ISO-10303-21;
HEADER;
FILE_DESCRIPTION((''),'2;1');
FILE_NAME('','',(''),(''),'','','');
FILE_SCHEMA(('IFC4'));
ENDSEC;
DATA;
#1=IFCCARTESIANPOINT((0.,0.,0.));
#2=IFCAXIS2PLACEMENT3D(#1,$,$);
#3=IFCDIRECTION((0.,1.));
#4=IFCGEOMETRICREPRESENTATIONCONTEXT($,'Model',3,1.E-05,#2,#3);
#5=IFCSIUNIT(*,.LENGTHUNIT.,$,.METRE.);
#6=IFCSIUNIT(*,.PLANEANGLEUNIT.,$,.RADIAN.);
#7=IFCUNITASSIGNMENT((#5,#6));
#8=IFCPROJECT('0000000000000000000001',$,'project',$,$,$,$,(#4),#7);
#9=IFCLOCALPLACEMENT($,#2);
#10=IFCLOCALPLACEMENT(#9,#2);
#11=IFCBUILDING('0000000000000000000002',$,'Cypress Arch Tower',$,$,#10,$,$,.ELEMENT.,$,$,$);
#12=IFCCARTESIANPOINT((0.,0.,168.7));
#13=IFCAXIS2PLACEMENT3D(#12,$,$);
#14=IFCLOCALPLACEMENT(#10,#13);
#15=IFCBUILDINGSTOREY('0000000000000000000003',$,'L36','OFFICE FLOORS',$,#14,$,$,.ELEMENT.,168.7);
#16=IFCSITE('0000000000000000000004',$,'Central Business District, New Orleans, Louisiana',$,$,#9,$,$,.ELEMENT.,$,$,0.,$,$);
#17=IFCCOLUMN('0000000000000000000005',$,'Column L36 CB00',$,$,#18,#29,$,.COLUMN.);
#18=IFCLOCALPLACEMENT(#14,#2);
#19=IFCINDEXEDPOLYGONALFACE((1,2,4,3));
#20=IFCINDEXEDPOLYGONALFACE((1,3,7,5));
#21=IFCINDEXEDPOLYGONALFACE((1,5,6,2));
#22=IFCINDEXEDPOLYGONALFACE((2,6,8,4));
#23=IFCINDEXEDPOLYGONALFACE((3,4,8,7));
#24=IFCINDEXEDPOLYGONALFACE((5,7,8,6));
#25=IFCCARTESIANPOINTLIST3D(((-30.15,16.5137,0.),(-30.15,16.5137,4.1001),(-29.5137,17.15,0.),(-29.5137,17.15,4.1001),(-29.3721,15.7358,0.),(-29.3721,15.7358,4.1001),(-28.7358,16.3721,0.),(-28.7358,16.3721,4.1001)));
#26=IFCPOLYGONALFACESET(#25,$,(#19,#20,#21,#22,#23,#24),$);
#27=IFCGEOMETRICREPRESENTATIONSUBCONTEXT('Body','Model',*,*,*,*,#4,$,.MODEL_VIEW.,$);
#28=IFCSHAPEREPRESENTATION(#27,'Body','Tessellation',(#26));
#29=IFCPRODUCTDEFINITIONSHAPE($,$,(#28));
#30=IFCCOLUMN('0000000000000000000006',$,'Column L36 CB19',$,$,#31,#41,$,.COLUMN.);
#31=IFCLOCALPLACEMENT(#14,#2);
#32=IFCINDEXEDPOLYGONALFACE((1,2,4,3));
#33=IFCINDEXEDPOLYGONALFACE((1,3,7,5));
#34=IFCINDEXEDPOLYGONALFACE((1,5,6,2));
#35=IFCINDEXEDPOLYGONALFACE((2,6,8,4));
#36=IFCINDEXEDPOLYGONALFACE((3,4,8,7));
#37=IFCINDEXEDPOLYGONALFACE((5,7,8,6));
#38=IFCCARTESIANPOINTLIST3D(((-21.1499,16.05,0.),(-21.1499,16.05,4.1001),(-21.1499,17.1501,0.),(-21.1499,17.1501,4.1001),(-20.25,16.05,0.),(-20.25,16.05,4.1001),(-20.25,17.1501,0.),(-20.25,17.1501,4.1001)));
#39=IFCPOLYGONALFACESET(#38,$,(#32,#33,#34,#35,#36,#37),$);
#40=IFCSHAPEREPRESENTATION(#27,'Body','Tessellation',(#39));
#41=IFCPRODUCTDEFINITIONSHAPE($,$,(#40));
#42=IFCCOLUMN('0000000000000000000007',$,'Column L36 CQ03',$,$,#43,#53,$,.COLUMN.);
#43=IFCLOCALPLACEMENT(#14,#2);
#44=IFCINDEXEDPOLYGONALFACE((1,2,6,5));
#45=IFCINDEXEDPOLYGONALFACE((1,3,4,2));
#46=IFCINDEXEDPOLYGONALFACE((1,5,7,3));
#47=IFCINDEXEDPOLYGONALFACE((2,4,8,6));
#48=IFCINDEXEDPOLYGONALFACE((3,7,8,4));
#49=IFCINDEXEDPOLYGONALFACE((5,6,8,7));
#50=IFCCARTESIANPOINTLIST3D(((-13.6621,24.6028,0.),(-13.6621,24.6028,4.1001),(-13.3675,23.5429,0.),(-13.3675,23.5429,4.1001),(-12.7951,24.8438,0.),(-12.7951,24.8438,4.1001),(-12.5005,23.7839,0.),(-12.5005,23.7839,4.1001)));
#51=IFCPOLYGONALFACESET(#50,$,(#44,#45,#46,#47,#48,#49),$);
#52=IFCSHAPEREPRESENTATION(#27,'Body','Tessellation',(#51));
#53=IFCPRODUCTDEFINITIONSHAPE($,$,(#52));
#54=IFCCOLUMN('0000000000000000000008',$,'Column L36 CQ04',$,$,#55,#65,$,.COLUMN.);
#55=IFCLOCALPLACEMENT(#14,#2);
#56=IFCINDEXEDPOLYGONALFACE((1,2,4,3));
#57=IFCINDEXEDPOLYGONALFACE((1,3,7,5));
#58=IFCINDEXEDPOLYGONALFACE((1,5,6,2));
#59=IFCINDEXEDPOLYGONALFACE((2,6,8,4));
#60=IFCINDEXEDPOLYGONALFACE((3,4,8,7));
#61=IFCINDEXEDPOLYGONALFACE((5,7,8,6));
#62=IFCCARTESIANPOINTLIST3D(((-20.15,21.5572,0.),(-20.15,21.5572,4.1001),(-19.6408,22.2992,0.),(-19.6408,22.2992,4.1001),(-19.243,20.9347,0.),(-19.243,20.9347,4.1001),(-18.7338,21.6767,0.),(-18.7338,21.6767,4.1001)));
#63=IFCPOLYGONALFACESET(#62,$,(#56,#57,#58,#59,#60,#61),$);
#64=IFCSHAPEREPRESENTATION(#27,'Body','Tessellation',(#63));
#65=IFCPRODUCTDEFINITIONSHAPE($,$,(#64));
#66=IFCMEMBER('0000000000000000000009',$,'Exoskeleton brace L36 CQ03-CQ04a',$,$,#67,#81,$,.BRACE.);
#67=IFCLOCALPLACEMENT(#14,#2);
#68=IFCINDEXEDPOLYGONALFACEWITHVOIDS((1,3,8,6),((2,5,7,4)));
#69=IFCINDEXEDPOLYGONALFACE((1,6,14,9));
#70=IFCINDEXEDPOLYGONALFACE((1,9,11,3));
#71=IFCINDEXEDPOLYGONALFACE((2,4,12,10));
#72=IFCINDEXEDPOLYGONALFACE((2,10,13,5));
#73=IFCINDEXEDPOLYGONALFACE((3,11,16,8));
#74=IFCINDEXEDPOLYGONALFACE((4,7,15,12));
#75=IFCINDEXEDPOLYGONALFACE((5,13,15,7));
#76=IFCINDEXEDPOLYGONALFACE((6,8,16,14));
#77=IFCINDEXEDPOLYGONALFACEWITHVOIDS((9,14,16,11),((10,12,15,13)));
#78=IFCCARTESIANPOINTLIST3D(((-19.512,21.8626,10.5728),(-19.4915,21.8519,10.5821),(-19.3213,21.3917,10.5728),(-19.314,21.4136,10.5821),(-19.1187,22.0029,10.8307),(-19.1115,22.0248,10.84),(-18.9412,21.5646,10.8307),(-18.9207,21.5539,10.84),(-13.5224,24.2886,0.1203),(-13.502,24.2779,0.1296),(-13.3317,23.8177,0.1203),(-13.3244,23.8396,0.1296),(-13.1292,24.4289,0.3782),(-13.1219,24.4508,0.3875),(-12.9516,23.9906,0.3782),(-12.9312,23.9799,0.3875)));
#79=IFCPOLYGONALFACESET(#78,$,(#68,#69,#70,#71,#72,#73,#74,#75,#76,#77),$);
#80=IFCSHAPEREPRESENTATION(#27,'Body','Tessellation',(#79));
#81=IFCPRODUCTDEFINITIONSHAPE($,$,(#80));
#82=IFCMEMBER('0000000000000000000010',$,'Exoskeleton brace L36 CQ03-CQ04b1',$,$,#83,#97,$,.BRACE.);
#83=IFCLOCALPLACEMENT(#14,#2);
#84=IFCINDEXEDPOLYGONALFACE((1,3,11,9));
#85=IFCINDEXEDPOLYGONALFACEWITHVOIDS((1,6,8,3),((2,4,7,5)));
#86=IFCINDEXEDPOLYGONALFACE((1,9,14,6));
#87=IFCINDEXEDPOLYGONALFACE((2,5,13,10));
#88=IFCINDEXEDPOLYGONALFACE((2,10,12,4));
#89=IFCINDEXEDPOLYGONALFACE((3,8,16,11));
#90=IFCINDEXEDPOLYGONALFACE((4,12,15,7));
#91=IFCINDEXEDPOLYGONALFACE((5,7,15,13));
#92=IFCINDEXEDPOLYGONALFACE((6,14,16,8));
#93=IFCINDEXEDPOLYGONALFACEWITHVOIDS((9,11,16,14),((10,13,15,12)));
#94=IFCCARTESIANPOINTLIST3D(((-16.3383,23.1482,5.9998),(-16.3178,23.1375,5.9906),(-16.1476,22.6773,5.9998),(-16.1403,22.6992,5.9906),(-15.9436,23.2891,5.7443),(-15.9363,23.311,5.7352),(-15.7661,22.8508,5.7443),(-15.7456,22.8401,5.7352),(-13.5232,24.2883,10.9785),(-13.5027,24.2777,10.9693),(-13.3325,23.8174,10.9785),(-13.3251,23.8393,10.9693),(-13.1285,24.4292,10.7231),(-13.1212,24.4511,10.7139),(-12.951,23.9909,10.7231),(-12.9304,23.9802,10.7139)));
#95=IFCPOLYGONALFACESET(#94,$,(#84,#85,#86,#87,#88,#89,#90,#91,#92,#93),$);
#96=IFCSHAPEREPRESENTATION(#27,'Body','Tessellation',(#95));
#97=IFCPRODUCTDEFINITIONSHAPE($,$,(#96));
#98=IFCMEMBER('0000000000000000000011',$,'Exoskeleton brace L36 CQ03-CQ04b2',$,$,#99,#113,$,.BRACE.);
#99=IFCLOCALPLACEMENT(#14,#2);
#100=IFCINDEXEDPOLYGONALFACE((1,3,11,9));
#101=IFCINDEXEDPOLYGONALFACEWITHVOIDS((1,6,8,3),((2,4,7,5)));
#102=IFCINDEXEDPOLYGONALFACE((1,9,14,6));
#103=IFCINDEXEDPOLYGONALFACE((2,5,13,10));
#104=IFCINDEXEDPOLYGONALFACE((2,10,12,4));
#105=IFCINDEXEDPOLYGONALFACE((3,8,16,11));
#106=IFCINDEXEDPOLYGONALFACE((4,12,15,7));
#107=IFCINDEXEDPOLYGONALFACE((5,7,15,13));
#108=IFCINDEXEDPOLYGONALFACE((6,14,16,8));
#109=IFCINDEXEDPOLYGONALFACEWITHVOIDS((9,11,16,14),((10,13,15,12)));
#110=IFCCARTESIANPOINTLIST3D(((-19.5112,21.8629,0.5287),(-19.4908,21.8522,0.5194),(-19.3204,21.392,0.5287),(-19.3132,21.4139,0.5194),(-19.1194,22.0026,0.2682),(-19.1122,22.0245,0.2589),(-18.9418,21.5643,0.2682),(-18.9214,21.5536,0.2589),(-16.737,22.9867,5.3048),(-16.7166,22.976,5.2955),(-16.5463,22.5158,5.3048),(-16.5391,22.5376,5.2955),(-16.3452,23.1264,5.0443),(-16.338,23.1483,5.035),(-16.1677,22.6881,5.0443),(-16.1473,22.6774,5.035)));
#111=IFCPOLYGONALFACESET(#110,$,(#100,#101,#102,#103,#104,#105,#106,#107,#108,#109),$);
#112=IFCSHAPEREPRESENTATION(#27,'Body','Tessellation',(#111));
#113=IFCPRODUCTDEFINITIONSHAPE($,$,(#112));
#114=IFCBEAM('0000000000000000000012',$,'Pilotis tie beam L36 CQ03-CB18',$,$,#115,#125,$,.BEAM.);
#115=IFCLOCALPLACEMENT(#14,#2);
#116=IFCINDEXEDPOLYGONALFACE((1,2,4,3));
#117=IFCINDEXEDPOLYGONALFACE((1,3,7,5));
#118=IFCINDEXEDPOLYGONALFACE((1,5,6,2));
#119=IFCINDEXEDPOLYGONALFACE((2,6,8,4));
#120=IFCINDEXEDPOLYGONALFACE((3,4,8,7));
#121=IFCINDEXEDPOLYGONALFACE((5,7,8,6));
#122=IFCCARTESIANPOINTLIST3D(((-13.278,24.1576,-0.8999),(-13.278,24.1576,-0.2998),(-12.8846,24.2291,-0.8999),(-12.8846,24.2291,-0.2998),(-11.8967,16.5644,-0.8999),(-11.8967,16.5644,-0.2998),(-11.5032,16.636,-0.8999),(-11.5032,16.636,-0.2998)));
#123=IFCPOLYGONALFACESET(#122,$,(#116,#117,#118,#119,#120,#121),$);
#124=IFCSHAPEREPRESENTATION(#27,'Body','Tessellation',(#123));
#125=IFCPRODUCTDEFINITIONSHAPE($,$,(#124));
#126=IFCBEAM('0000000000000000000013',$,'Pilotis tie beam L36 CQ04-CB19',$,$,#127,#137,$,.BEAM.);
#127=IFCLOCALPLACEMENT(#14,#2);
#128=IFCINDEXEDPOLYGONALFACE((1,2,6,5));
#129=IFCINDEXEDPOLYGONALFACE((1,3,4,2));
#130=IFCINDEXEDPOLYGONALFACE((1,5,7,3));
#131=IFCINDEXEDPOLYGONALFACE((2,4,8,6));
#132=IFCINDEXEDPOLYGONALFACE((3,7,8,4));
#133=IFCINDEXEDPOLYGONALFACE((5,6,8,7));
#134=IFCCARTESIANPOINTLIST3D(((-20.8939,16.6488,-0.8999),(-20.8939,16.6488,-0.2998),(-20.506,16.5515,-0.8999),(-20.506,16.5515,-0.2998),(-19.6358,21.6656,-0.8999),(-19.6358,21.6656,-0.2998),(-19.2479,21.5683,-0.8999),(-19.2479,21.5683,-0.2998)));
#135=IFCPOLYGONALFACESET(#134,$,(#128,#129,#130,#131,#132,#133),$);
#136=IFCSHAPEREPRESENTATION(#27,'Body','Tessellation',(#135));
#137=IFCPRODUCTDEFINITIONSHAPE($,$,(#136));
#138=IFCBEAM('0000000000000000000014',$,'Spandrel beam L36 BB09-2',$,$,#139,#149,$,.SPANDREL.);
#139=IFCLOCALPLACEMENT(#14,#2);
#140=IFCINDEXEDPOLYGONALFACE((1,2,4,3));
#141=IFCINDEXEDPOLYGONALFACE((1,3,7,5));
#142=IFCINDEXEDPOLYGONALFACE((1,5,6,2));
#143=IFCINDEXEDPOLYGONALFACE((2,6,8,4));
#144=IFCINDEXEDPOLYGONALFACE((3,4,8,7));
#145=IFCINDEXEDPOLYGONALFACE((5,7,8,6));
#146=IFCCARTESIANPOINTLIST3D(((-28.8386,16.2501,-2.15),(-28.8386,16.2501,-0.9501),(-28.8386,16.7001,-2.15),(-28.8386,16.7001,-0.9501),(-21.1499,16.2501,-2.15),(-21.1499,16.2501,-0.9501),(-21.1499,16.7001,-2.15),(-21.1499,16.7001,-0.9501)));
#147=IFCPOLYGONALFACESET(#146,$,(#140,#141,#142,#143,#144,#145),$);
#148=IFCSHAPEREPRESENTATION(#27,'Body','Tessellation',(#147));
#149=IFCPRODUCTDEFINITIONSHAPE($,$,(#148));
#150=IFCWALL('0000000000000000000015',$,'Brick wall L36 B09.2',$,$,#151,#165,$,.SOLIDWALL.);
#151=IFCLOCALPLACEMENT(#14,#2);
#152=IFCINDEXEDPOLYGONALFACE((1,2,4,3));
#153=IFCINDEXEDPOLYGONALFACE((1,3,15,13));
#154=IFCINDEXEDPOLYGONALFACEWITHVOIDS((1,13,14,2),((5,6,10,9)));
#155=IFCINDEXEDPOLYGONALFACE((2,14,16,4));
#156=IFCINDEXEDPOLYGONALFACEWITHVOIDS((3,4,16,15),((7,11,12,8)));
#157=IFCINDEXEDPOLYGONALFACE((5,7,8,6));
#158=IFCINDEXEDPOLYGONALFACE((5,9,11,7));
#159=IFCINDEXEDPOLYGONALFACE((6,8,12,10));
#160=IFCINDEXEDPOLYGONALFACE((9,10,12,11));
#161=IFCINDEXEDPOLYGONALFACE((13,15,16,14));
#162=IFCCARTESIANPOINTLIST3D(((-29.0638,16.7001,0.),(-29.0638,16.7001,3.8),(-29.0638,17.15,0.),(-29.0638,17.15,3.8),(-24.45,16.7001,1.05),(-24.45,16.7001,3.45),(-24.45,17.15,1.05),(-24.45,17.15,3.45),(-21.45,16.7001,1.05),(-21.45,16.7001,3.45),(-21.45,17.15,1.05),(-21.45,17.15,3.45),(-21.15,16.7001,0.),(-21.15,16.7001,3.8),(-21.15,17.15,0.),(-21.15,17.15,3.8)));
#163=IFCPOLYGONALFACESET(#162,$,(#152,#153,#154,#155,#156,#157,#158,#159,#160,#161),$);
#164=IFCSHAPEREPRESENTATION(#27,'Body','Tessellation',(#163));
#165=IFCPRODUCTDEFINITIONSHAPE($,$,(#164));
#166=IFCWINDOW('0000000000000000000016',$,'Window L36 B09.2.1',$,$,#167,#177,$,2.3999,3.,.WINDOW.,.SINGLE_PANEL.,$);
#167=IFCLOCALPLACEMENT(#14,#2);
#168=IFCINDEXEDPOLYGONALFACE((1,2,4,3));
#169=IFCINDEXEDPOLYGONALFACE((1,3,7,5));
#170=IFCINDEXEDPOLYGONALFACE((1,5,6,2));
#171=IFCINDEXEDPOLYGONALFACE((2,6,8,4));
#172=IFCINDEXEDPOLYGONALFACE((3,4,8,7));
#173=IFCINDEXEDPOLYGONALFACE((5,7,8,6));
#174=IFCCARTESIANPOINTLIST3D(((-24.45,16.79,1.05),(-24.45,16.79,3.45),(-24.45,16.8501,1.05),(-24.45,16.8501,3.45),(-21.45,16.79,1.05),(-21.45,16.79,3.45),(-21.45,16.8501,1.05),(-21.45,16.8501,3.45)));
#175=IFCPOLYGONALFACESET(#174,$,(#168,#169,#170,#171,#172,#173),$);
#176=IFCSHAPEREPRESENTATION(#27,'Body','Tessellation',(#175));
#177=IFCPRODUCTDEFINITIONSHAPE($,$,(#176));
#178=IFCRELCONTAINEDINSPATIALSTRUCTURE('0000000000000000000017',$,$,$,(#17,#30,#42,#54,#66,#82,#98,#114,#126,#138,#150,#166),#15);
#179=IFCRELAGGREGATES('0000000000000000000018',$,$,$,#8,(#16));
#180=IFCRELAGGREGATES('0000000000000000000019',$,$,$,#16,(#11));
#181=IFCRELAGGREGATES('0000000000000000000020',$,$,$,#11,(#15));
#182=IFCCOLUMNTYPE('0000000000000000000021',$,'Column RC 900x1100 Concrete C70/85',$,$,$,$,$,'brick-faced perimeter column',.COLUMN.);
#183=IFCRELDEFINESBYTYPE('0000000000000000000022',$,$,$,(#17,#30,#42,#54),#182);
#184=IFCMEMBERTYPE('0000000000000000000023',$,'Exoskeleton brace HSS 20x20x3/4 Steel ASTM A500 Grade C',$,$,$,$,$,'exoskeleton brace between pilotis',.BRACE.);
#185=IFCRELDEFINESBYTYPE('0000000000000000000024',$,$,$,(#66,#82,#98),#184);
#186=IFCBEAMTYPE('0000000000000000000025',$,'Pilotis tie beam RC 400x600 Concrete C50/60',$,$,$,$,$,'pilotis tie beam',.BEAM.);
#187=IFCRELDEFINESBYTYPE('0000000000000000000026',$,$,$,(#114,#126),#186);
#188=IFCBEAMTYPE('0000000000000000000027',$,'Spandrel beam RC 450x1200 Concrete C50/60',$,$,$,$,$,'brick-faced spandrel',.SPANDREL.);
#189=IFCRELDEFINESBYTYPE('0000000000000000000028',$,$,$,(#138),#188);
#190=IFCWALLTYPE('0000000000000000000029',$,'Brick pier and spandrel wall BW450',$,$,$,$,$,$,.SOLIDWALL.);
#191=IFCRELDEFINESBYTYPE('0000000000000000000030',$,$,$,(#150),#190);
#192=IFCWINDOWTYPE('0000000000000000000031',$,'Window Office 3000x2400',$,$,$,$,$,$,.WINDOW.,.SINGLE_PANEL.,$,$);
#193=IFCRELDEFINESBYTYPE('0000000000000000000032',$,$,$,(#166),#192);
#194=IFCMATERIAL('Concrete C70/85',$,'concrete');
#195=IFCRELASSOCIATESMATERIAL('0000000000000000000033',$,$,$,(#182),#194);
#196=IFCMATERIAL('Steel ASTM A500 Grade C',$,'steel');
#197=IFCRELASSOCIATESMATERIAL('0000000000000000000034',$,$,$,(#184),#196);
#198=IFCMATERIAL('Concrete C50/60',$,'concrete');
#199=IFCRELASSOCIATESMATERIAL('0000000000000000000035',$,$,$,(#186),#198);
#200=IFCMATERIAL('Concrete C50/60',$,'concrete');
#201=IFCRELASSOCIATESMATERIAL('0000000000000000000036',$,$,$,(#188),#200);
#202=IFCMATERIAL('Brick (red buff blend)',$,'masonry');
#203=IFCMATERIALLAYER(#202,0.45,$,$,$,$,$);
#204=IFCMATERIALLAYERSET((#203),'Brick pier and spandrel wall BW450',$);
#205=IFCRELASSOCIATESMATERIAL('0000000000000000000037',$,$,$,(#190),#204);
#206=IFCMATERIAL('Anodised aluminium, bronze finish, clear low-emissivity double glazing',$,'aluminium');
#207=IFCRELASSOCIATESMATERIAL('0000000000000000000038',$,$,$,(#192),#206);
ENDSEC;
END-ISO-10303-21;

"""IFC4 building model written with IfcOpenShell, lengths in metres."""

from ifc_helpers import new_model, si_unit, direction, frame, frame_2d, origin, origin_2d, place, context, subcontext, project, spatial, rectangle, hollow_rectangle, extrude, material, layer, layer_set, material_profile, profile_set, type_object, element, fill, save


model = new_model("IFC4")

# Units and contexts
model_context = context("Model", 3, precision=1e-05, world=origin(), true_north=direction((0.0, 1.0)))
body_context = subcontext(model_context, "Body", "Model", "MODEL_VIEW")
ifc_project = project(units=[si_unit("LENGTHUNIT", "METRE"), si_unit("PLANEANGLEUNIT", "RADIAN")], contexts=[model_context])

# Site, building, storey
site_placement = place(None, origin())
site = spatial("IfcSite", under=ifc_project, at=site_placement, Name="Central Business District, New Orleans, Louisiana", CompositionType="ELEMENT", RefElevation=0.0)
building_placement = place(site_placement, origin())
building = spatial("IfcBuilding", under=site, at=building_placement, Name="Cypress Arch Tower", CompositionType="ELEMENT")
storey_placement = place(building_placement, frame((0.0, 0.0, 168.7)))
storey = spatial("IfcBuildingStorey", under=building, at=storey_placement, Name="L36", Description="OFFICE FLOORS", CompositionType="ELEMENT", Elevation=168.7)

# Columns
ifc_material_1 = material(Name="Concrete C70/85", Category="concrete")
ifc_material_profile_1 = material_profile(ifc_material_1, rectangle(XDim=0.8999, YDim=1.1001, at=origin_2d()), Name="RC 900x1100")
ifc_profile_set_1 = profile_set([ifc_material_profile_1], Name="Concrete C70/85")
column_type = type_object("IfcColumnType", Name="Column RC 900x1100 Concrete C70/85", ElementType="brick-faced perimeter column", PredefinedType="COLUMN", material=ifc_profile_set_1)
for number, where, z_axis, x_axis, name in (
    (1, (-29.4429, 16.4429, 0.0), (0.0, 0.0, 1.0), (-0.707107, -0.707107, 0.0), "Column L36 CB00"),
    (2, (-20.7, 16.6001, 0.0), (0.0, 0.0, 1.0), (-1.0, 0.0, 0.0), "Column L36 CB19"),
    (3, (-13.0813, 24.1934, 0.0), (0.0, 0.0, 1.0), (-0.963456, -0.267868, 0.0), "Column L36 CQ03"),
    (4, (-19.4419, 21.6169, 0.0), (0.0, 0.0, 1.0), (-0.565893, -0.824479, 0.0), "Column L36 CQ04"),
):
    element("IfcColumn", number, at=place(storey_placement, frame(where, z_axis=z_axis, x_axis=x_axis)), inside=storey, type_object=column_type, Name=name, PredefinedType="COLUMN", context=body_context, shape_type="SweptSolid", body=[
        extrude(rectangle(XDim=0.8999, YDim=1.1001, at=origin_2d()), origin(), (0.0, 0.0, 1.0), 4.1001),
    ])

# Members
ifc_material_2 = material(Name="Steel ASTM A500 Grade C", Category="steel")
ifc_material_profile_2 = material_profile(ifc_material_2, hollow_rectangle(XDim=0.5081, YDim=0.5081, WallThickness=0.0176, at=origin_2d()), Name="HSS 20x20x3/4")
ifc_profile_set_2 = profile_set([ifc_material_profile_2], Name="Steel ASTM A500 Grade C")
member_type = type_object("IfcMemberType", Name="Exoskeleton brace HSS 20x20x3/4 Steel ASTM A500 Grade C", ElementType="exoskeleton brace between pilotis", PredefinedType="BRACE", material=ifc_profile_set_2)
member_1_placement = place(storey_placement, frame((-13.2268, 24.1343, 0.2539), z_axis=(-0.487399, -0.197419, 0.850569), x_axis=(0.375419, -0.926855, 0.0)))
element("IfcMember", 5, at=member_1_placement, inside=storey, type_object=member_type, Name="Exoskeleton brace L36 CQ03-CQ04a", PredefinedType="BRACE", context=body_context, shape_type="SweptSolid", body=[
    extrude(hollow_rectangle(XDim=0.5081, YDim=0.5081, WallThickness=0.0176, at=origin_2d()), origin(), (0.0, 0.0, 1.0), 12.2888),
])
member_2_placement = place(storey_placement, frame((-13.2268, 24.1343, 10.8462), z_axis=(-0.482706, -0.195494, -0.853684), x_axis=(0.375379, -0.926872, 0.0)))
element("IfcMember", 6, at=member_2_placement, inside=storey, type_object=member_type, Name="Exoskeleton brace L36 CQ03-CQ04b1", PredefinedType="BRACE", context=body_context, shape_type="SweptSolid", body=[
    extrude(hollow_rectangle(XDim=0.5081, YDim=0.5081, WallThickness=0.0176, at=origin_2d()), origin(), (0.0, 0.0, 1.0), 5.832),
])
member_3_placement = place(storey_placement, frame((-19.2163, 21.7083, 0.3938), z_axis=(0.492179, 0.199375, 0.847355), x_axis=(-0.375451, 0.926842, 0.0)))
element("IfcMember", 7, at=member_3_placement, inside=storey, type_object=member_type, Name="Exoskeleton brace L36 CQ03-CQ04b2", PredefinedType="BRACE", context=body_context, shape_type="SweptSolid", body=[
    extrude(hollow_rectangle(XDim=0.5081, YDim=0.5081, WallThickness=0.0176, at=origin_2d()), origin(), (0.0, 0.0, 1.0), 5.6365),
])

# Beams
ifc_material_3 = material(Name="Concrete C50/60", Category="concrete")
ifc_material_profile_3 = material_profile(ifc_material_3, rectangle(XDim=0.3999, YDim=0.6001, at=origin_2d()), Name="RC 400x600")
ifc_profile_set_3 = profile_set([ifc_material_profile_3], Name="Concrete C50/60")
beam_type_1 = type_object("IfcBeamType", Name="Pilotis tie beam RC 400x600 Concrete C50/60", ElementType="pilotis tie beam", PredefinedType="BEAM", material=ifc_profile_set_3)
beam_1_placement = place(storey_placement, frame((-13.0813, 24.1934, -0.5999), z_axis=(0.17898, -0.983853, 0.0), x_axis=(0.983853, 0.17898, 0.0)))
element("IfcBeam", 8, at=beam_1_placement, inside=storey, type_object=beam_type_1, Name="Pilotis tie beam L36 CQ03-CB18", PredefinedType="BEAM", context=body_context, shape_type="SweptSolid", body=[
    extrude(rectangle(XDim=0.3999, YDim=0.6001, at=origin_2d()), origin(), (0.0, 0.0, 1.0), 7.7178),
])
beam_2_placement = place(storey_placement, frame((-19.4419, 21.6169, -0.5999), z_axis=(-0.243235, -0.969967, 0.0), x_axis=(0.969967, -0.243235, 0.0)))
element("IfcBeam", 9, at=beam_2_placement, inside=storey, type_object=beam_type_1, Name="Pilotis tie beam L36 CQ04-CB19", PredefinedType="BEAM", context=body_context, shape_type="SweptSolid", body=[
    extrude(rectangle(XDim=0.3999, YDim=0.6001, at=origin_2d()), origin(), (0.0, 0.0, 1.0), 5.1721),
])
ifc_material_4 = material(Name="Concrete C50/60", Category="concrete")
ifc_material_profile_4 = material_profile(ifc_material_4, rectangle(XDim=0.45, YDim=1.2, at=origin_2d()), Name="RC 450x1200")
ifc_profile_set_4 = profile_set([ifc_material_profile_4], Name="Concrete C50/60")
beam_type_2 = type_object("IfcBeamType", Name="Spandrel beam RC 450x1200 Concrete C50/60", ElementType="brick-faced spandrel", PredefinedType="SPANDREL", material=ifc_profile_set_4)
beam_3_placement = place(storey_placement, frame((-21.1499, 16.4751, -1.55), z_axis=(-1.0, 0.0, 0.0), x_axis=(0.0, -1.0, 0.0)))
element("IfcBeam", 10, at=beam_3_placement, inside=storey, type_object=beam_type_2, Name="Spandrel beam L36 BB09-2", PredefinedType="SPANDREL", context=body_context, shape_type="SweptSolid", body=[
    extrude(rectangle(XDim=0.45, YDim=1.2, at=origin_2d()), origin(), (0.0, 0.0, 1.0), 7.6887),
])

# Wall, opening, window
ifc_material_5 = material(Name="Brick (red buff blend)", Category="masonry")
ifc_layer_1 = layer(ifc_material_5, 0.45)
ifc_layer_set_1 = layer_set([ifc_layer_1], Name="Brick pier and spandrel wall BW450")
wall_type_1 = type_object("IfcWallType", Name="Brick pier and spandrel wall BW450", PredefinedType="SOLIDWALL", material=ifc_layer_set_1)
wall_1_placement = place(storey_placement, frame((-21.1499, 16.925, 0.0), z_axis=(0.0, 0.0, 1.0), x_axis=(-1.0, 0.0, 0.0)))
wall_1 = element("IfcWall", 11, at=wall_1_placement, inside=storey, type_object=wall_type_1, Name="Brick wall L36 B09.2", PredefinedType="SOLIDWALL", context=body_context, shape_type="SweptSolid", body=[
    extrude(rectangle(XDim=7.9138, YDim=0.45, at=frame_2d((3.957, 0.0))), origin(), (0.0, 0.0, 1.0), 3.8),
])
opening_placement = place(wall_1_placement, frame((0.3, 0.0, 1.05)))
opening = element("IfcOpeningElement", 12, at=opening_placement, cuts=wall_1, PredefinedType="OPENING", context=body_context, shape_type="SweptSolid", body=[
    extrude(rectangle(XDim=3.0, YDim=2.3999, at=frame_2d((1.5, 1.2))), frame((0.0, 0.2349, 0.0), z_axis=(0.0, -1.0, 0.0), x_axis=(1.0, 0.0, 0.0)), (0.0, 0.0, 1.0), 0.47),
])
ifc_material_6 = material(Name="Anodised aluminium, bronze finish, clear low-emissivity double glazing", Category="aluminium")
window_type = type_object("IfcWindowType", Name="Window Office 3000x2400", PartitioningType="SINGLE_PANEL", PredefinedType="WINDOW", material=ifc_material_6)
window_placement = place(opening_placement, origin())
window = element("IfcWindow", 13, at=window_placement, inside=storey, type_object=window_type, Name="Window L36 B09.2.1", OverallHeight=2.3999, OverallWidth=3.0, PartitioningType="SINGLE_PANEL", PredefinedType="WINDOW", context=body_context, shape_type="SweptSolid", body=[
    extrude(rectangle(XDim=3.0, YDim=2.3999, at=frame_2d((1.5, 1.2))), frame((0.0, 0.135, 0.0), z_axis=(0.0, -1.0, 0.0), x_axis=(1.0, 0.0, 0.0)), (0.0, 0.0, 1.0), 0.0601),
])
fill(opening, window)

save(model, "model.ifc")
